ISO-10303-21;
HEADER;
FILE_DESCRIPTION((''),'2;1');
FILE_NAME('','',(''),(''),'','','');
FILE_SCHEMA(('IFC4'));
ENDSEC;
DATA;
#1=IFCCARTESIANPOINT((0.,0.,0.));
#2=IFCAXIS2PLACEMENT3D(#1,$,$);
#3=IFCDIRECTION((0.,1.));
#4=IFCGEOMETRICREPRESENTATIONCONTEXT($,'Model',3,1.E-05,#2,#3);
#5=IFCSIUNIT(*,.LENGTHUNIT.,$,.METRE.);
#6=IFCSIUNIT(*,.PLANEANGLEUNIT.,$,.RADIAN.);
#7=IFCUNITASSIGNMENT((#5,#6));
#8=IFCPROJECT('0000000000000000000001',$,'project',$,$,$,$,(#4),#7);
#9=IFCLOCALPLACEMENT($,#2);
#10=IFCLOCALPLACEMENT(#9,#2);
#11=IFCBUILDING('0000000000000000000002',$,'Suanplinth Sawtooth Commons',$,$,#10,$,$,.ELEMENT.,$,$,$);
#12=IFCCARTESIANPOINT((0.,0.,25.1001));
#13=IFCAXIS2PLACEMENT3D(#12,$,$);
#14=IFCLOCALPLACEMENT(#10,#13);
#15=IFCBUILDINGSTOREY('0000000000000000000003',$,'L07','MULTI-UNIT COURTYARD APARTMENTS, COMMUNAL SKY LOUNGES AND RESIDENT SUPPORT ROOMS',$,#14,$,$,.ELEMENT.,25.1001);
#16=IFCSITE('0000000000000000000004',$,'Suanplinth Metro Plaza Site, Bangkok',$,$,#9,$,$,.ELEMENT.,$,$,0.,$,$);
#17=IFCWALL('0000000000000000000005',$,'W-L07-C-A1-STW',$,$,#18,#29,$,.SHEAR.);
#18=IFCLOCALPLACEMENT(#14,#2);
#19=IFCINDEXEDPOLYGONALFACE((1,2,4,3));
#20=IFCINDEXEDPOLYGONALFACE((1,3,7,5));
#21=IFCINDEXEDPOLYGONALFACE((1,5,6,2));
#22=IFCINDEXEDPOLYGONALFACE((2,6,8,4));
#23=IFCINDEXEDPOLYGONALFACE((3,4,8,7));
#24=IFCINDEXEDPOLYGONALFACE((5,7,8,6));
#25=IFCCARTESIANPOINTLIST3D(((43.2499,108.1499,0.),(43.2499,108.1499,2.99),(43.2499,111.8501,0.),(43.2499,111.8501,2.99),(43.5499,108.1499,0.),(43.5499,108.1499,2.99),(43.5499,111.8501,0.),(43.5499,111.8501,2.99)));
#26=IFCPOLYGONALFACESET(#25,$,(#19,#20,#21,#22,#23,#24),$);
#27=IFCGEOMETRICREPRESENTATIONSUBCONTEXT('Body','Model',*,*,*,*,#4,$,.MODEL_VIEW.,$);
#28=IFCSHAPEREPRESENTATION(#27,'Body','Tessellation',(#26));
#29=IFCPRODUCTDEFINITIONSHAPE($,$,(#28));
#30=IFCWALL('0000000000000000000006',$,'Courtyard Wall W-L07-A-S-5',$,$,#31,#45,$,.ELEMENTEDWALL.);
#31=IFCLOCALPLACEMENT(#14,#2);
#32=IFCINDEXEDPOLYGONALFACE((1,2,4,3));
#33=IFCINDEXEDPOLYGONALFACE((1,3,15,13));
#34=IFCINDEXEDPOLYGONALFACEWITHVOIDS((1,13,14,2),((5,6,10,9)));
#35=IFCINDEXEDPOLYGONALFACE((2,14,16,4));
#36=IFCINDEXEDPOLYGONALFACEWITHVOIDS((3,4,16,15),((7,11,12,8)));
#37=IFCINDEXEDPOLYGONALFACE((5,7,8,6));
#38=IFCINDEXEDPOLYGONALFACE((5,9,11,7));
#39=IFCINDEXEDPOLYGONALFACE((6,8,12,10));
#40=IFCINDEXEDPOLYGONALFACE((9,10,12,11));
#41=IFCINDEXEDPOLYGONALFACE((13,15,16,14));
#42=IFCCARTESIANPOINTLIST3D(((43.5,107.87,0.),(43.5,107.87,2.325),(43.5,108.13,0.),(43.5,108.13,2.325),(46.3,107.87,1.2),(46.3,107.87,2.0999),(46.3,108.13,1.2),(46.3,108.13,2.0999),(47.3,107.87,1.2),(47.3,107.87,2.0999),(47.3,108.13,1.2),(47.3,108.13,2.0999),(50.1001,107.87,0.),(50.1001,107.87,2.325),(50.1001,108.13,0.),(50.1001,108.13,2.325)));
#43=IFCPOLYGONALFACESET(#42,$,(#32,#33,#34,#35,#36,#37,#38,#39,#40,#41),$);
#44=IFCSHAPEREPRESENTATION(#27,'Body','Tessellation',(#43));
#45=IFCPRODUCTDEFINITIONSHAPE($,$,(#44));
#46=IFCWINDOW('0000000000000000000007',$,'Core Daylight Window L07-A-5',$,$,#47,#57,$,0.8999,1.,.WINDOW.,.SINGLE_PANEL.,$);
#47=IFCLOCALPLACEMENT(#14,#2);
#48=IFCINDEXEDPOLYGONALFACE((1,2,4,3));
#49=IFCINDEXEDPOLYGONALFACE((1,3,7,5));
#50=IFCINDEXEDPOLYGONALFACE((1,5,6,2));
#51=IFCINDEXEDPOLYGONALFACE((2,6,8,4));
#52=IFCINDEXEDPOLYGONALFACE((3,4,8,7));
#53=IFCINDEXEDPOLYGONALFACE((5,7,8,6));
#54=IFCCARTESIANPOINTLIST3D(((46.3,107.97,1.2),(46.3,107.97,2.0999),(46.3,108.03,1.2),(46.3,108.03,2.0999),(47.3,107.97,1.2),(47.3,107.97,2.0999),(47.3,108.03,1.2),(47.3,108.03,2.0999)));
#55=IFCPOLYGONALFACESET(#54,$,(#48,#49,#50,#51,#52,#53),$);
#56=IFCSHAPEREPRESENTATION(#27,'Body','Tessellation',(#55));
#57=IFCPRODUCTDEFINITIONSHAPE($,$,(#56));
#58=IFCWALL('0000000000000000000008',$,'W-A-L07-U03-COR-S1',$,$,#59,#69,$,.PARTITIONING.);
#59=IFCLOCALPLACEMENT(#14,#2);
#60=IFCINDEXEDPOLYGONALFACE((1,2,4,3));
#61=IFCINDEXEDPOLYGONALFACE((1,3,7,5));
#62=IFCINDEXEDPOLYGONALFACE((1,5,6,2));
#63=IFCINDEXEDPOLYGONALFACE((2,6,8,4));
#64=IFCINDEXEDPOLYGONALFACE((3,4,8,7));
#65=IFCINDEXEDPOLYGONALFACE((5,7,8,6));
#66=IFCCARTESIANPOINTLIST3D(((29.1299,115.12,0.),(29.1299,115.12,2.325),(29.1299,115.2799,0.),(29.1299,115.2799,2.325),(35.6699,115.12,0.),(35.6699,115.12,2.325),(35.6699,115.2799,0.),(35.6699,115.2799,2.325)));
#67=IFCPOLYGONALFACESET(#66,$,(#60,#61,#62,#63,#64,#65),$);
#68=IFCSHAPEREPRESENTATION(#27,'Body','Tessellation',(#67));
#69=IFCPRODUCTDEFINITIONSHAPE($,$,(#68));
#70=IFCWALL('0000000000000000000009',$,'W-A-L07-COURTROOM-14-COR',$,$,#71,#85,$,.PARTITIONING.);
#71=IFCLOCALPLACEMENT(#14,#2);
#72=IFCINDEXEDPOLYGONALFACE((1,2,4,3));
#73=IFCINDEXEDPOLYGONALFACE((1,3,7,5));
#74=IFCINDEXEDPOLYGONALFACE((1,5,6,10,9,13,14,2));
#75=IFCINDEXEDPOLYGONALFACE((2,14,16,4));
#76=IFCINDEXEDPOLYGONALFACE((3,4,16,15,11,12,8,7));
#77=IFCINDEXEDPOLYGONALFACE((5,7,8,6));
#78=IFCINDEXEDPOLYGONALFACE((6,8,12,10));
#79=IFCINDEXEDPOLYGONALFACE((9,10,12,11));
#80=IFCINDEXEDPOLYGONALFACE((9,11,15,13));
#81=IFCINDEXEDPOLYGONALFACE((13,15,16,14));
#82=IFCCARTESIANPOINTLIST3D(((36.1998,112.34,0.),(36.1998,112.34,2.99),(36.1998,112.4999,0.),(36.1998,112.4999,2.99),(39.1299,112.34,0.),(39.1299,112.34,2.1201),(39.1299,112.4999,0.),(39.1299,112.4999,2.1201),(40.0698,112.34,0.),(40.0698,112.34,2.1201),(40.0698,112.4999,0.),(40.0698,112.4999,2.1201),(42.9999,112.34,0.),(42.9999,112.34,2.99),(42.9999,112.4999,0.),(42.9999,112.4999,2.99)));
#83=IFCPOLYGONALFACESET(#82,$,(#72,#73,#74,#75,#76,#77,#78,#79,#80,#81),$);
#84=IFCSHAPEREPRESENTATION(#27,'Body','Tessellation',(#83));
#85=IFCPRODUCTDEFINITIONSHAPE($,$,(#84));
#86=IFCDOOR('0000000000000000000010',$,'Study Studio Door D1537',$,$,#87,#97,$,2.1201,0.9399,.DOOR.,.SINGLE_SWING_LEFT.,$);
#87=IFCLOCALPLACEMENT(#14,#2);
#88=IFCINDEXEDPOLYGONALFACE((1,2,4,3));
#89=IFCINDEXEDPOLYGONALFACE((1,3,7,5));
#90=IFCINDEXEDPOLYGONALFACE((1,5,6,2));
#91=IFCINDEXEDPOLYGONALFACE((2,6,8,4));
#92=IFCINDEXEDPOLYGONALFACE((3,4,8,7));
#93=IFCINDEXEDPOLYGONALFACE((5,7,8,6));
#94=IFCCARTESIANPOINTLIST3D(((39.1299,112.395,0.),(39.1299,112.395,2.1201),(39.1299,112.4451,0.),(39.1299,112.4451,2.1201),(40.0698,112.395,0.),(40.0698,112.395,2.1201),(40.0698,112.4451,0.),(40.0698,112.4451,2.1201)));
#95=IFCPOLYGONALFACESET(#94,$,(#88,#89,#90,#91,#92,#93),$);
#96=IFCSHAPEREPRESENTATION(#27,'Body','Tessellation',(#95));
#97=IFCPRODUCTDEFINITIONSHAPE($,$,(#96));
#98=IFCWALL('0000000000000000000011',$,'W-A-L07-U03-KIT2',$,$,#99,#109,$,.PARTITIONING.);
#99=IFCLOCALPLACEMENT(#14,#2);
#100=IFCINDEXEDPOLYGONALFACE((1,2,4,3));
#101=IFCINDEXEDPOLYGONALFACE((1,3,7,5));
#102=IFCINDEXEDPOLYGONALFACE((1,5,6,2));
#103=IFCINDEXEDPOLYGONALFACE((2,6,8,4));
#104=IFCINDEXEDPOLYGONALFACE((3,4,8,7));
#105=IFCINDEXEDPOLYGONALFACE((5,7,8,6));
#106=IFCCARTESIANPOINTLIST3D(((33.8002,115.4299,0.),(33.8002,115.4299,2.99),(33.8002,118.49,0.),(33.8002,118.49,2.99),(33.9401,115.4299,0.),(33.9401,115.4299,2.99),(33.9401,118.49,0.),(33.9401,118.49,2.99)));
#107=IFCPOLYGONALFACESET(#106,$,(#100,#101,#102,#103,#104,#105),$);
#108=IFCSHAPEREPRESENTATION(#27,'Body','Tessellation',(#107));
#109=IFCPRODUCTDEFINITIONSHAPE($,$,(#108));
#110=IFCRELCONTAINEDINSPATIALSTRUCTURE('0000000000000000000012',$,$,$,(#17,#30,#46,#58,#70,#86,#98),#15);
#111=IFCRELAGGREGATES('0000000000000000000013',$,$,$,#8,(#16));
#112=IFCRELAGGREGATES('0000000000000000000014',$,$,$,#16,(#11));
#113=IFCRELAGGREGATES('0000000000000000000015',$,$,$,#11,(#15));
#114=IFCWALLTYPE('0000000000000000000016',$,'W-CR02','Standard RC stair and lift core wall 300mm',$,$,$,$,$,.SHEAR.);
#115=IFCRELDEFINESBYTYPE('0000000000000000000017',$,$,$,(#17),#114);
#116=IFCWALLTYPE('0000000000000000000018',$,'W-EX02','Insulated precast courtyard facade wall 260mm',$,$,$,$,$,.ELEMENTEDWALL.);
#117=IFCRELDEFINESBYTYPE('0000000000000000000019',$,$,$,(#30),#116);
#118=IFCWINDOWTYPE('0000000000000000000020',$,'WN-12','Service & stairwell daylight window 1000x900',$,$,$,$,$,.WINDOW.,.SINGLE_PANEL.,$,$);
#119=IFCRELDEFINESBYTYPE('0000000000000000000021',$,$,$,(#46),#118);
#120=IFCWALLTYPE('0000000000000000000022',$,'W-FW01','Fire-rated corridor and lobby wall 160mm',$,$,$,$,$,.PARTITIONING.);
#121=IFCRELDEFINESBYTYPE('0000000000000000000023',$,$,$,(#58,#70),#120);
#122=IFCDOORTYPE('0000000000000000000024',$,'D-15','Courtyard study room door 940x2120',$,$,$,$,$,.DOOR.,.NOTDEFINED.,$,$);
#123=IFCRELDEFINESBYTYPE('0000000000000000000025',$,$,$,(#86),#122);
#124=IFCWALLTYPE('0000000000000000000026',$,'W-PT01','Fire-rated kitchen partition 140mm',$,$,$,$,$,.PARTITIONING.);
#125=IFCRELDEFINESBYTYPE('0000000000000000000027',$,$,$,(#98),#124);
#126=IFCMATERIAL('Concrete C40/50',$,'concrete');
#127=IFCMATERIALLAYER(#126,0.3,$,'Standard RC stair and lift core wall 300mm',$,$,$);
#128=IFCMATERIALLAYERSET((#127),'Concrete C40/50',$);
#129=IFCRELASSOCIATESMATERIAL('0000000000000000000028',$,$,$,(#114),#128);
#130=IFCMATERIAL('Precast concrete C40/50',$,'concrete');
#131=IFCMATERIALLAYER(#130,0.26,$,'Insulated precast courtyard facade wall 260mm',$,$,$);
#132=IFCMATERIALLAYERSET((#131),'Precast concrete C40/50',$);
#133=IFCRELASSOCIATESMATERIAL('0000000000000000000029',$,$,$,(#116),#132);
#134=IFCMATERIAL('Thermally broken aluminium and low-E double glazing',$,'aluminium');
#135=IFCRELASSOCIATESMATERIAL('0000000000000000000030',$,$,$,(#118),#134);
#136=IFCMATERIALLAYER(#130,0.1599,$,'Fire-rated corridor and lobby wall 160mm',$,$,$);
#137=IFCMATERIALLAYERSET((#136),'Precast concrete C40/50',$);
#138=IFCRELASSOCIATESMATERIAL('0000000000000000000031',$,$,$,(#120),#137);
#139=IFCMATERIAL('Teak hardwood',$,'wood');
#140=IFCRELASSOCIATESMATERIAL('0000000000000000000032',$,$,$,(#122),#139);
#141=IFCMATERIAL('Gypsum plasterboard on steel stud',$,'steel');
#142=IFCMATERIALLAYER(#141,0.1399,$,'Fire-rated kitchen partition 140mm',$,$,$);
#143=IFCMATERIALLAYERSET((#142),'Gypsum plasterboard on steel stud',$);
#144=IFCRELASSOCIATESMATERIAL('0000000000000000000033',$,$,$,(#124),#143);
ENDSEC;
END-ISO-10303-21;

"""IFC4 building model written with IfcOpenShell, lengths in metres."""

from ifc_helpers import new_model, si_unit, direction, frame, frame_2d, origin, place, context, subcontext, project, spatial, rectangle, extrude, material, layer, layer_set, type_object, element, fill, save


model = new_model("IFC4")

# Units and contexts
model_context = context("Model", 3, precision=1e-05, world=origin(), true_north=direction((0.0, 1.0)))
body_context = subcontext(model_context, "Body", "Model", "MODEL_VIEW")
ifc_project = project(units=[si_unit("LENGTHUNIT", "METRE"), si_unit("PLANEANGLEUNIT", "RADIAN")], contexts=[model_context])

# Site, building, storey
site_placement = place(None, origin())
site = spatial("IfcSite", under=ifc_project, at=site_placement, Name="Suanplinth Metro Plaza Site, Bangkok", CompositionType="ELEMENT", RefElevation=0.0)
building_placement = place(site_placement, origin())
building = spatial("IfcBuilding", under=site, at=building_placement, Name="Suanplinth Sawtooth Commons", CompositionType="ELEMENT")
storey_placement = place(building_placement, frame((0.0, 0.0, 25.1001)))
storey = spatial("IfcBuildingStorey", under=building, at=storey_placement, Name="L07", Description="MULTI-UNIT COURTYARD APARTMENTS, COMMUNAL SKY LOUNGES AND RESIDENT SUPPORT ROOMS", CompositionType="ELEMENT", Elevation=25.1001)

# Shared definitions
ifc_material_1 = material(Name="Precast concrete C40/50", Category="concrete")

# Shared definitions
ifc_material_2 = material(Name="Concrete C40/50", Category="concrete")
ifc_layer_1 = layer(ifc_material_2, 0.3, Name="Standard RC stair and lift core wall 300mm")
ifc_layer_set_1 = layer_set([ifc_layer_1], Name="Concrete C40/50")
wall_type_1 = type_object("IfcWallType", Name="W-CR02", Description="Standard RC stair and lift core wall 300mm", PredefinedType="SHEAR", material=ifc_layer_set_1)

# Wall
wall_1_placement = place(storey_placement, frame((43.3999, 108.1499, 0.0), z_axis=(0.0, 0.0, 1.0), x_axis=(0.0, 1.0, 0.0)))
element("IfcWall", 1, at=wall_1_placement, inside=storey, type_object=wall_type_1, Name="W-L07-C-A1-STW", PredefinedType="SHEAR", context=body_context, shape_type="SweptSolid", body=[
    extrude(rectangle(XDim=3.7002, YDim=0.3, at=frame_2d((1.8501, 0.0))), origin(), (0.0, 0.0, 1.0), 2.99),
])

# Shared definitions
ifc_layer_2 = layer(ifc_material_1, 0.26, Name="Insulated precast courtyard facade wall 260mm")
ifc_layer_set_2 = layer_set([ifc_layer_2], Name="Precast concrete C40/50")
wall_type_2 = type_object("IfcWallType", Name="W-EX02", Description="Insulated precast courtyard facade wall 260mm", PredefinedType="ELEMENTEDWALL", material=ifc_layer_set_2)

# Wall, opening, window
wall_2_placement = place(storey_placement, frame((43.5, 108.0, 0.0), z_axis=(0.0, 0.0, 1.0), x_axis=(1.0, 0.0, 0.0)))
wall_2 = element("IfcWall", 2, at=wall_2_placement, inside=storey, type_object=wall_type_2, Name="Courtyard Wall W-L07-A-S-5", PredefinedType="ELEMENTEDWALL", context=body_context, shape_type="SweptSolid", body=[
    extrude(rectangle(XDim=6.6001, YDim=0.26, at=frame_2d((3.3, 0.0))), origin(), (0.0, 0.0, 1.0), 2.325),
])
opening_1_placement = place(wall_2_placement, frame((2.8, 0.0, 1.2)))
opening_1 = element("IfcOpeningElement", 3, at=opening_1_placement, cuts=wall_2, PredefinedType="OPENING", context=body_context, shape_type="SweptSolid", body=[
    extrude(rectangle(XDim=1.0, YDim=0.8999, at=frame_2d((0.5, 0.45))), frame((0.0, 0.145, 0.0), z_axis=(0.0, -1.0, 0.0), x_axis=(1.0, 0.0, 0.0)), (0.0, 0.0, 1.0), 0.2898),
])
ifc_material_3 = material(Name="Thermally broken aluminium and low-E double glazing", Category="aluminium")
window_type = type_object("IfcWindowType", Name="WN-12", Description="Service & stairwell daylight window 1000x900", PartitioningType="SINGLE_PANEL", PredefinedType="WINDOW", material=ifc_material_3)
window_placement = place(opening_1_placement, origin())
window = element("IfcWindow", 4, at=window_placement, inside=storey, type_object=window_type, Name="Core Daylight Window L07-A-5", OverallHeight=0.8999, OverallWidth=1.0, PartitioningType="SINGLE_PANEL", PredefinedType="WINDOW", context=body_context, shape_type="SweptSolid", body=[
    extrude(rectangle(XDim=1.0, YDim=0.8999, at=frame_2d((0.5, 0.45))), frame((0.0, 0.03, 0.0), z_axis=(0.0, -1.0, 0.0), x_axis=(1.0, 0.0, 0.0)), (0.0, 0.0, 1.0), 0.0601),
])
fill(opening_1, window)

# Wall
ifc_layer_3 = layer(ifc_material_1, 0.1599, Name="Fire-rated corridor and lobby wall 160mm")
ifc_layer_set_3 = layer_set([ifc_layer_3], Name="Precast concrete C40/50")
wall_type_3 = type_object("IfcWallType", Name="W-FW01", Description="Fire-rated corridor and lobby wall 160mm", PredefinedType="PARTITIONING", material=ifc_layer_set_3)
wall_3_placement = place(storey_placement, frame((29.1299, 115.2, 0.0), z_axis=(0.0, 0.0, 1.0), x_axis=(1.0, 0.0, 0.0)))
element("IfcWall", 5, at=wall_3_placement, inside=storey, type_object=wall_type_3, Name="W-A-L07-U03-COR-S1", PredefinedType="PARTITIONING", context=body_context, shape_type="SweptSolid", body=[
    extrude(rectangle(XDim=6.54, YDim=0.1599, at=frame_2d((3.27, 0.0))), origin(), (0.0, 0.0, 1.0), 2.325),
])

# Wall, opening, door
wall_4_placement = place(storey_placement, frame((36.2, 112.4199, 0.0), z_axis=(0.0, 0.0, 1.0), x_axis=(1.0, 0.0, 0.0)))
wall_4 = element("IfcWall", 6, at=wall_4_placement, inside=storey, type_object=wall_type_3, Name="W-A-L07-COURTROOM-14-COR", PredefinedType="PARTITIONING", context=body_context, shape_type="SweptSolid", body=[
    extrude(rectangle(XDim=6.8, YDim=0.1599, at=frame_2d((3.3999, 0.0))), origin(), (0.0, 0.0, 1.0), 2.99),
])
opening_2_placement = place(wall_4_placement, frame((2.9299, 0.0, 0.0)))
opening_2 = element("IfcOpeningElement", 7, at=opening_2_placement, cuts=wall_4, PredefinedType="OPENING", context=body_context, shape_type="SweptSolid", body=[
    extrude(rectangle(XDim=0.9399, YDim=2.1201, at=frame_2d((0.47, 1.0601))), frame((0.0, 0.0947, 0.0), z_axis=(0.0, -1.0, 0.0), x_axis=(1.0, 0.0, 0.0)), (0.0, 0.0, 1.0), 0.1897),
])
ifc_material_4 = material(Name="Teak hardwood", Category="wood")
door_type_1 = type_object("IfcDoorType", Name="D-15", Description="Courtyard study room door 940x2120", OperationType="NOTDEFINED", PredefinedType="DOOR", material=ifc_material_4)
door_1_placement = place(opening_2_placement, frame((0.9399, 0.0, 0.0), z_axis=(0.0, 0.0, 1.0), x_axis=(-1.0, 0.0, 0.0)))
door_1 = element("IfcDoor", 8, at=door_1_placement, inside=storey, type_object=door_type_1, Name="Study Studio Door D1537", OperationType="SINGLE_SWING_LEFT", OverallHeight=2.1201, OverallWidth=0.9399, PredefinedType="DOOR", context=body_context, shape_type="SweptSolid", body=[
    extrude(rectangle(XDim=0.9399, YDim=2.1201, at=frame_2d((0.47, 1.0601))), frame((0.0, 0.0249, 0.0), z_axis=(0.0, -1.0, 0.0), x_axis=(1.0, 0.0, 0.0)), (0.0, 0.0, 1.0), 0.05),
])
fill(opening_2, door_1)

# Wall
ifc_material_5 = material(Name="Gypsum plasterboard on steel stud", Category="steel")
ifc_layer_4 = layer(ifc_material_5, 0.1399, Name="Fire-rated kitchen partition 140mm")
ifc_layer_set_4 = layer_set([ifc_layer_4], Name="Gypsum plasterboard on steel stud")
wall_type_4 = type_object("IfcWallType", Name="W-PT01", Description="Fire-rated kitchen partition 140mm", PredefinedType="PARTITIONING", material=ifc_layer_set_4)
wall_5_placement = place(storey_placement, frame((33.8701, 115.4299, 0.0), z_axis=(0.0, 0.0, 1.0), x_axis=(0.0, 1.0, 0.0)))
element("IfcWall", 9, at=wall_5_placement, inside=storey, type_object=wall_type_4, Name="W-A-L07-U03-KIT2", PredefinedType="PARTITIONING", context=body_context, shape_type="SweptSolid", body=[
    extrude(rectangle(XDim=3.0601, YDim=0.1399, at=frame_2d((1.53, 0.0))), origin(), (0.0, 0.0, 1.0), 2.99),
])

save(model, "model.ifc")
